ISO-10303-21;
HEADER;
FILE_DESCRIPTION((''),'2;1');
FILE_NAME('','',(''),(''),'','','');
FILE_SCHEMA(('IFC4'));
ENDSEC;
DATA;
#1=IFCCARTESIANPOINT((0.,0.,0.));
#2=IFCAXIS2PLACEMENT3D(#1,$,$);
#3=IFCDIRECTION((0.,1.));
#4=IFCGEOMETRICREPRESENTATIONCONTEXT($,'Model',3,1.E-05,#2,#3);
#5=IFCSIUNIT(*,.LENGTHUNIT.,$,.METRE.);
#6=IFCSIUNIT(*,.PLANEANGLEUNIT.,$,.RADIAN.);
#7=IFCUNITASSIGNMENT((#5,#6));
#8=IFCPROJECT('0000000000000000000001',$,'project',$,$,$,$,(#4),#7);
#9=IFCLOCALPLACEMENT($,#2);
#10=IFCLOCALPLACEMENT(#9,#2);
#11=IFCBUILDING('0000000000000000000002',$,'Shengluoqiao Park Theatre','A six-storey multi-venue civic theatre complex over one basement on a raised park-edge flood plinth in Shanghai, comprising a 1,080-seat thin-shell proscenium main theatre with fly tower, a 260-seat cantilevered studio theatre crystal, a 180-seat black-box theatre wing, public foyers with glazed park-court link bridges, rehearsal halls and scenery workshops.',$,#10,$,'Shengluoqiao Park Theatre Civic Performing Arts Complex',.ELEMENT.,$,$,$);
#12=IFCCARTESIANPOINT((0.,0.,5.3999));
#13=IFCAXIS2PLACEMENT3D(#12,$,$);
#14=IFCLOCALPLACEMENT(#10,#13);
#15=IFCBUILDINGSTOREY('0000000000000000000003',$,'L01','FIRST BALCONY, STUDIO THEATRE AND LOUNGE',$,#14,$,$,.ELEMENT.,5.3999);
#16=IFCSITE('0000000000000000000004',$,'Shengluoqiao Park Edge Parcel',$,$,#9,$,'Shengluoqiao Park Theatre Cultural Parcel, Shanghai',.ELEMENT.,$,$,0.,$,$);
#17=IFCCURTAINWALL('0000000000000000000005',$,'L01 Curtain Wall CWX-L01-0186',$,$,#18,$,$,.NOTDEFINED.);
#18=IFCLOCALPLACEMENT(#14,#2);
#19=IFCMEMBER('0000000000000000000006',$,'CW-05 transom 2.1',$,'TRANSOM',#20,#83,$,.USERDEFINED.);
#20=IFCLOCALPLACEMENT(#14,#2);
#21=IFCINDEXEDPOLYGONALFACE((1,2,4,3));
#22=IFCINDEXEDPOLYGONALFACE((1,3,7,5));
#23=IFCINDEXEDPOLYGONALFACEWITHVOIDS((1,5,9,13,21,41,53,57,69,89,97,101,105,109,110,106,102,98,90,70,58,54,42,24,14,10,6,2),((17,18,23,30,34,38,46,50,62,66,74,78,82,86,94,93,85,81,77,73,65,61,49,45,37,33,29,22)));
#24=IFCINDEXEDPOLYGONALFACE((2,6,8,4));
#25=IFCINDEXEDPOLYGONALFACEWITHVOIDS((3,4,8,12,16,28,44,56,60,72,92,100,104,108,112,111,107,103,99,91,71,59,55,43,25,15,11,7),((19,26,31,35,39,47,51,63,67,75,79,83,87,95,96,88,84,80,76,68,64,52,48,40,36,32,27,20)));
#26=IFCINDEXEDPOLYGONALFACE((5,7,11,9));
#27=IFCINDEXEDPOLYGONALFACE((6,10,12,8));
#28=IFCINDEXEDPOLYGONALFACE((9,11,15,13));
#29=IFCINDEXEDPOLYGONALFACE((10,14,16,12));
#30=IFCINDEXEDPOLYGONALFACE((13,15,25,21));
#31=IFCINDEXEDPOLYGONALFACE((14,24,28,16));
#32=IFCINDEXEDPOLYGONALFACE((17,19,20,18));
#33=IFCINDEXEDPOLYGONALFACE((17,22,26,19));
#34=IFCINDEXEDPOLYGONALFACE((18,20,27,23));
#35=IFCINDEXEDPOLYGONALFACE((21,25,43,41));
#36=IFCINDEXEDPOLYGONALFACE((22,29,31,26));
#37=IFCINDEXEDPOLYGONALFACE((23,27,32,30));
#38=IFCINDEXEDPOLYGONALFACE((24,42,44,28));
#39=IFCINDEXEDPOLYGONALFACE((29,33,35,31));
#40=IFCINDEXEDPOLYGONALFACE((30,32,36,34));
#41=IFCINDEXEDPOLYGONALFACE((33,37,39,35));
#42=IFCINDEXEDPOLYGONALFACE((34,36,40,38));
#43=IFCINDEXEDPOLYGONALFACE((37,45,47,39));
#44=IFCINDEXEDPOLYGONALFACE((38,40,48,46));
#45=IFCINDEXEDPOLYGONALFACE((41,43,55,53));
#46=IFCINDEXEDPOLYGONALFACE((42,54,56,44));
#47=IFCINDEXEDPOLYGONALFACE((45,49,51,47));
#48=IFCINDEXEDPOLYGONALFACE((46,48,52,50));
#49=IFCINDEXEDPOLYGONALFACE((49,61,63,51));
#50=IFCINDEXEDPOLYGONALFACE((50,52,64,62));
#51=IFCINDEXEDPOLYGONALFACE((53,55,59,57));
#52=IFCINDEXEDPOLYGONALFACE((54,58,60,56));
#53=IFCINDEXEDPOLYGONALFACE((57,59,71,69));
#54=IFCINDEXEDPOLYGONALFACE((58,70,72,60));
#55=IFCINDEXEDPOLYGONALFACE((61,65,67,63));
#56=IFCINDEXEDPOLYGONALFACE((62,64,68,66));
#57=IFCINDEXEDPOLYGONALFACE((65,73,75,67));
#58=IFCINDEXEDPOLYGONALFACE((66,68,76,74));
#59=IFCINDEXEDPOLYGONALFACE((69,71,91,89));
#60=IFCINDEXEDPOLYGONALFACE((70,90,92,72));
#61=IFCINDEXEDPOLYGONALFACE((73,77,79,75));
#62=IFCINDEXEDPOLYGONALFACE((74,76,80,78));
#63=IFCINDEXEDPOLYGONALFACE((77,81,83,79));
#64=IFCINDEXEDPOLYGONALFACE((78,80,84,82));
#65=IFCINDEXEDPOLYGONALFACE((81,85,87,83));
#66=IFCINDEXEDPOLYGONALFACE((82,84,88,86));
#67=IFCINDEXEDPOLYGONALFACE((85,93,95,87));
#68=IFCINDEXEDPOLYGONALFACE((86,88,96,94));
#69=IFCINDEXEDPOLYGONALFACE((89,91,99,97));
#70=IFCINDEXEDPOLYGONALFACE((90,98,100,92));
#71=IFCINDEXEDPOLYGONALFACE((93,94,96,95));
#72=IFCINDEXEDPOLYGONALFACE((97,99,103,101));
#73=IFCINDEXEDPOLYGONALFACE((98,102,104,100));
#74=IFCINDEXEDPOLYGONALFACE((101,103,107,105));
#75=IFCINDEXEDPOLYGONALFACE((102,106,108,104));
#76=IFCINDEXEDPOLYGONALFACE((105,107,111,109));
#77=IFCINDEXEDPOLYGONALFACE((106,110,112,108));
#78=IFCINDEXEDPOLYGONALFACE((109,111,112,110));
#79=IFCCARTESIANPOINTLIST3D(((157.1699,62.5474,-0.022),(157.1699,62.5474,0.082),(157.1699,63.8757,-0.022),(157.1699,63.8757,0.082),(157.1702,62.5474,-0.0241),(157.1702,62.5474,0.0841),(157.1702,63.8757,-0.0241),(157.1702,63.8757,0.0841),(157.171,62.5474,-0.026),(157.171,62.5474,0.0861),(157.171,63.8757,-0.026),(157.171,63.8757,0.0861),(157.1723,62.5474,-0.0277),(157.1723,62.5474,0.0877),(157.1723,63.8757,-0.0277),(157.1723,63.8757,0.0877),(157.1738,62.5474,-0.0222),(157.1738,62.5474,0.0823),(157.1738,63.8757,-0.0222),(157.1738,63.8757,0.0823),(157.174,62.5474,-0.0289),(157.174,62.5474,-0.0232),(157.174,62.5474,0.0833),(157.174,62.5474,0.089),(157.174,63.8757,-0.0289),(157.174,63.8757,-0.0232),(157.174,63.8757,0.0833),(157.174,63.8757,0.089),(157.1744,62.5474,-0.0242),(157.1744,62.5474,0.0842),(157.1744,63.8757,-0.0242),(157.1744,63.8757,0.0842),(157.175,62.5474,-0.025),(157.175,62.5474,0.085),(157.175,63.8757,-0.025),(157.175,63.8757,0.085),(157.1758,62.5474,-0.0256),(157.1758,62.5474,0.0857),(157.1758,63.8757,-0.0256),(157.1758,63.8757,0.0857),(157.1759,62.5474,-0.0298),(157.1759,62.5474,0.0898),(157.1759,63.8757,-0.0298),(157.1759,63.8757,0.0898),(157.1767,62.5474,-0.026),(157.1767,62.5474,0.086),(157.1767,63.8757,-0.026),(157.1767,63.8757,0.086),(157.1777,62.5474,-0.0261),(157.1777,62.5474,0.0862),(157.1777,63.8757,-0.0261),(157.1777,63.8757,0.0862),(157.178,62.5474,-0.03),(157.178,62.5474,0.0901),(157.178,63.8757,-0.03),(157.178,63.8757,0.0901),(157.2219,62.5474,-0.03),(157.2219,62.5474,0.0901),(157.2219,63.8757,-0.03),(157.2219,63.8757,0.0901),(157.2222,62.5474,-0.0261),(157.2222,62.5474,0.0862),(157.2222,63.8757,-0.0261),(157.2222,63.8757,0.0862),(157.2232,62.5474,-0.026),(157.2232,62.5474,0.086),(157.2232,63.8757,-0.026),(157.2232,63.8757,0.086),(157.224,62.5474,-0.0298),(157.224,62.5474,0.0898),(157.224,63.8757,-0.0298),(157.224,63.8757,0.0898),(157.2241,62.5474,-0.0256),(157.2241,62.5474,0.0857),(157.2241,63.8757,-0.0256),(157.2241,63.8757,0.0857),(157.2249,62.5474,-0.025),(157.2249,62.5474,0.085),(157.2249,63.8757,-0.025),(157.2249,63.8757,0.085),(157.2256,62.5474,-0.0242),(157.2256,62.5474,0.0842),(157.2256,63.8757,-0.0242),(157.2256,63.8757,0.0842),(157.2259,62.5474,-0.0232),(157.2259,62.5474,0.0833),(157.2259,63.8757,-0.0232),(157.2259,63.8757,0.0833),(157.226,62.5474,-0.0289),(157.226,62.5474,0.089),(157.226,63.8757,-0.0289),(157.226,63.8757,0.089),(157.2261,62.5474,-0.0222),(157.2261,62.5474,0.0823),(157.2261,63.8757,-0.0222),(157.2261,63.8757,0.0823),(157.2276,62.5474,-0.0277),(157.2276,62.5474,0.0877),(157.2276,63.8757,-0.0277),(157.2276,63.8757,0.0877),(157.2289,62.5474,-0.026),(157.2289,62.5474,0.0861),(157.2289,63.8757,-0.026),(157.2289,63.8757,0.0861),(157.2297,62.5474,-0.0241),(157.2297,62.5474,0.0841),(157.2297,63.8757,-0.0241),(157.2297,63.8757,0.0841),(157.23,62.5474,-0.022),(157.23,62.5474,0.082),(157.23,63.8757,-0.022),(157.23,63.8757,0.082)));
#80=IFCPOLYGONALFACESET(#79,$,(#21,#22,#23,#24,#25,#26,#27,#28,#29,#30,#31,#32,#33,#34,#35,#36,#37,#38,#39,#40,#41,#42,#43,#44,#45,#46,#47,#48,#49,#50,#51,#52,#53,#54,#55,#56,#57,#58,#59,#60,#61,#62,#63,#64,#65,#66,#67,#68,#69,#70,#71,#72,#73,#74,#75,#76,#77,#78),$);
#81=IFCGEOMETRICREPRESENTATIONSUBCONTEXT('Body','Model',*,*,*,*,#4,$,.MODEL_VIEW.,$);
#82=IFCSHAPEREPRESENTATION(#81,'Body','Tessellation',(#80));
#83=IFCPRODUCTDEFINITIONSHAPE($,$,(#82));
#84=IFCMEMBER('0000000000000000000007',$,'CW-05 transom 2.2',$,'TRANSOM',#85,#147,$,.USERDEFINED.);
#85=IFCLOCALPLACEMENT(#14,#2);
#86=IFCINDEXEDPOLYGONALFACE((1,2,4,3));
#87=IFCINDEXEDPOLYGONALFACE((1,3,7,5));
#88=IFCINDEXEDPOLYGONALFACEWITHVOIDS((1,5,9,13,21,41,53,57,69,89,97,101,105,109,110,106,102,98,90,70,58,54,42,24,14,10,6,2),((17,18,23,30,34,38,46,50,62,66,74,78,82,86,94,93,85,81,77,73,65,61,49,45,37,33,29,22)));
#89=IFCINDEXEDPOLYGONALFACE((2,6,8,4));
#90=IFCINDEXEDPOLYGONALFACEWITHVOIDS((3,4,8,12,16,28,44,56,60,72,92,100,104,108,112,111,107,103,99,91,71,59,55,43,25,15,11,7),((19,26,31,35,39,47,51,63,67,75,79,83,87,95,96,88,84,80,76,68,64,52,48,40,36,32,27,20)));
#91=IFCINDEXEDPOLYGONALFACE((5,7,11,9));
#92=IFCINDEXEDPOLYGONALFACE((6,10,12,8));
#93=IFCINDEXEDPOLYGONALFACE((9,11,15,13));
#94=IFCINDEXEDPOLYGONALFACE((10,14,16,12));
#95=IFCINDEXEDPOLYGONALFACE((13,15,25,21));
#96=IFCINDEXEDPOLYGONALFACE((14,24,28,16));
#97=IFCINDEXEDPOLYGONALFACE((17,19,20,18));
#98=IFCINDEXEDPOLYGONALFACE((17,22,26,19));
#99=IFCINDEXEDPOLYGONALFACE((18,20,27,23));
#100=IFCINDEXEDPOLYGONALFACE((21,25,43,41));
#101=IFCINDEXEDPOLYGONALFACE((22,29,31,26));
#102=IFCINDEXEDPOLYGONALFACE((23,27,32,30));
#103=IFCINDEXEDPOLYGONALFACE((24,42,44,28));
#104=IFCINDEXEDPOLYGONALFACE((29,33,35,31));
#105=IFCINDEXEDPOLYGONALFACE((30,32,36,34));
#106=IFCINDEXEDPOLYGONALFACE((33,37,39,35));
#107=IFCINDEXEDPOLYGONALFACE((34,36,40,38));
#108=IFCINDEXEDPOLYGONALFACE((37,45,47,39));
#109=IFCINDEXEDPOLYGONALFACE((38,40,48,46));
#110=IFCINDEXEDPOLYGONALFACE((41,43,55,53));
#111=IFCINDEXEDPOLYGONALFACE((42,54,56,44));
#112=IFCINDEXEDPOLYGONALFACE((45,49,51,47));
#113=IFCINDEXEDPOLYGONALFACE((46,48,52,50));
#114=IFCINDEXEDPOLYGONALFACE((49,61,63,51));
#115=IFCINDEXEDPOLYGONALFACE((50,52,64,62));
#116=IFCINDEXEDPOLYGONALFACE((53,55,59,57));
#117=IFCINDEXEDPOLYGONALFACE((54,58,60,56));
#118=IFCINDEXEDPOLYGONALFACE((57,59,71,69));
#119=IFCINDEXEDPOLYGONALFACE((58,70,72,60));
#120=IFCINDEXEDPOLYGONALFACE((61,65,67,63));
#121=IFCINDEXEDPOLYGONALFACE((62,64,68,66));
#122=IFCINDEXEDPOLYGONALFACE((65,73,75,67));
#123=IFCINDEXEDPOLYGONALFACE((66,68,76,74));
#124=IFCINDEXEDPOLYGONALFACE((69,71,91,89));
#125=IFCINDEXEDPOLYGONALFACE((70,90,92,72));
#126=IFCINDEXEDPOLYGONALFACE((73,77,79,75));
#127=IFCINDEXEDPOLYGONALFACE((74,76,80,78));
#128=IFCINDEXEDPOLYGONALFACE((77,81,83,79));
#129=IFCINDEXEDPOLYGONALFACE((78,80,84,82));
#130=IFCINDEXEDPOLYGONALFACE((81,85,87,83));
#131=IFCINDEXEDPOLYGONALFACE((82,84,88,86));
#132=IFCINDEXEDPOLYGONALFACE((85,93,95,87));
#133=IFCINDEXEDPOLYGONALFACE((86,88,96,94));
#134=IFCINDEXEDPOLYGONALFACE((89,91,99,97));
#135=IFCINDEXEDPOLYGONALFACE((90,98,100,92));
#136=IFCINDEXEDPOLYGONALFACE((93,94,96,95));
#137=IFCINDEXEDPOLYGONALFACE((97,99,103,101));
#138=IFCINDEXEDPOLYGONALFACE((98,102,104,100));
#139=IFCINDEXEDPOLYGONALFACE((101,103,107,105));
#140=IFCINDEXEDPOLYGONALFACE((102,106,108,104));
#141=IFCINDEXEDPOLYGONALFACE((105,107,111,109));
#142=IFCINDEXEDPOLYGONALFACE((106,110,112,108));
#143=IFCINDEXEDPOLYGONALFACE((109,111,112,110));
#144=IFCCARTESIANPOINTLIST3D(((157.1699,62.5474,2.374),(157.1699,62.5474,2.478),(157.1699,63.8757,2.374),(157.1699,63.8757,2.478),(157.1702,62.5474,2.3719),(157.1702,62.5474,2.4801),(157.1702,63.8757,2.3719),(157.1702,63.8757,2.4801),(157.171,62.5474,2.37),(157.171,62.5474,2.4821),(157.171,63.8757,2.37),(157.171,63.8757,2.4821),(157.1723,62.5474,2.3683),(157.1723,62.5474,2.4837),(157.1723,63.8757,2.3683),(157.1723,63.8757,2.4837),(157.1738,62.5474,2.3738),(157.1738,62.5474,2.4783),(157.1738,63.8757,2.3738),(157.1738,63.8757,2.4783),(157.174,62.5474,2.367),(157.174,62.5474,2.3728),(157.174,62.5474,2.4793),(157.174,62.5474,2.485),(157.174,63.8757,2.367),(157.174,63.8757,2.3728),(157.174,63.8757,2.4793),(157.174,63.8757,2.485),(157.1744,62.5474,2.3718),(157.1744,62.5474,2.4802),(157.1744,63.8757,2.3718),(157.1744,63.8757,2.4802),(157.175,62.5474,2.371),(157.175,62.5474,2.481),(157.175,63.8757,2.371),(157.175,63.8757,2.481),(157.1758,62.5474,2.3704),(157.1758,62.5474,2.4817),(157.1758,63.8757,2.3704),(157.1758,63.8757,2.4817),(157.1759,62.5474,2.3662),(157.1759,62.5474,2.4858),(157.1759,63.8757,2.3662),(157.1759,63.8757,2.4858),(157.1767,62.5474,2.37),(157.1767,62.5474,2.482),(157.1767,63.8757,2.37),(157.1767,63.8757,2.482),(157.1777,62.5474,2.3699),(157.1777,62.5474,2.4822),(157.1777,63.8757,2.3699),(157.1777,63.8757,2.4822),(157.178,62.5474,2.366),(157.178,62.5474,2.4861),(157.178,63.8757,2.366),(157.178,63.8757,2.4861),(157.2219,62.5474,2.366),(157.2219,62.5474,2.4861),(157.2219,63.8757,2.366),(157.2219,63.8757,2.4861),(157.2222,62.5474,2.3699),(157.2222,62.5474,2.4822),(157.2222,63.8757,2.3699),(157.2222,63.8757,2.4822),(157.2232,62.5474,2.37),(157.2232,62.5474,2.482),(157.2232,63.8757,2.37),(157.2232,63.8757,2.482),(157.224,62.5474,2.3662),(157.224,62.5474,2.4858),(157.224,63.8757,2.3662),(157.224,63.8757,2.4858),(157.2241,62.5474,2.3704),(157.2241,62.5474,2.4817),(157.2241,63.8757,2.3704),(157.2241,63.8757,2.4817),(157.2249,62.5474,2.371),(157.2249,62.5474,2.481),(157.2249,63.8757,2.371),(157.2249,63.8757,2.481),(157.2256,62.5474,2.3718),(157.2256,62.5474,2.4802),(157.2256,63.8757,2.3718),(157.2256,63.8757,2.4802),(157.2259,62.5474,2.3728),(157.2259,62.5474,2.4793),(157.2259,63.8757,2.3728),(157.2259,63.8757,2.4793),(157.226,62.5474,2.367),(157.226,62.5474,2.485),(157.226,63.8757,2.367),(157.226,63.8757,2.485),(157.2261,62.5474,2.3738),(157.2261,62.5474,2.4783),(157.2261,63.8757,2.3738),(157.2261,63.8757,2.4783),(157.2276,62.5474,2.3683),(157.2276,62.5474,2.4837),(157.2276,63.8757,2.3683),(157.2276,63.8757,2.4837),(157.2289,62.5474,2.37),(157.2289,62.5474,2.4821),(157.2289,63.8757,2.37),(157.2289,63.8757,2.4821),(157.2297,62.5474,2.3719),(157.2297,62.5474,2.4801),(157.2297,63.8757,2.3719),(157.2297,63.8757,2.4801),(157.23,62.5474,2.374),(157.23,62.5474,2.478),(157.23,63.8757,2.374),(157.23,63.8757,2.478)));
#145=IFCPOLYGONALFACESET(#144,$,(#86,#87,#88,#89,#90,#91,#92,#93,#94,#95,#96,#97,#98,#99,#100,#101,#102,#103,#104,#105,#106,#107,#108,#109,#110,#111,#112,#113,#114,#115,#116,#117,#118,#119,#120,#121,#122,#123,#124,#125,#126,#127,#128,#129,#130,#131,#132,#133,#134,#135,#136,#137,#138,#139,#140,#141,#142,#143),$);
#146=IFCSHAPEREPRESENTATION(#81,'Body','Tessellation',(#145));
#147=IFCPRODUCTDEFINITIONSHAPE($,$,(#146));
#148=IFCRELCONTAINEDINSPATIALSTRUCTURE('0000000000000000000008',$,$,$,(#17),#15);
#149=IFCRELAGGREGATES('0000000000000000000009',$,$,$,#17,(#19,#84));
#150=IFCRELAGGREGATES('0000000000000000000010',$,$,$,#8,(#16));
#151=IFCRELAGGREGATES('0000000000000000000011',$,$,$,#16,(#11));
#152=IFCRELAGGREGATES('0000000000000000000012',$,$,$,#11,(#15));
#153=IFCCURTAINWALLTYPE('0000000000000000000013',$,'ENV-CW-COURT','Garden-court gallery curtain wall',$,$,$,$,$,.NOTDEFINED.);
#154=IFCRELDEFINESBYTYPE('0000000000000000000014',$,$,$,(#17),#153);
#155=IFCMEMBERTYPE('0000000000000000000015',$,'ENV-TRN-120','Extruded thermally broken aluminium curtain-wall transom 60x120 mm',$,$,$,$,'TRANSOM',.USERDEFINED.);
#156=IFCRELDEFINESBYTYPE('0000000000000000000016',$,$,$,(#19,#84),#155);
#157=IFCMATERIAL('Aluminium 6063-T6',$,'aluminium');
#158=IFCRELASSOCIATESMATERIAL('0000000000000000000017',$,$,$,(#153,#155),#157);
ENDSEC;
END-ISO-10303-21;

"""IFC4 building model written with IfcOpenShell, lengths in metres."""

from ifc_helpers import new_model, si_unit, direction, frame, origin, origin_2d, place, context, subcontext, project, spatial, hollow_rectangle, extrude, material, material_profile, profile_set, type_object, element, aggregate, save


model = new_model("IFC4")

# Units and contexts
model_context = context("Model", 3, precision=1e-05, world=origin(), true_north=direction((0.0, 1.0)))
body_context = subcontext(model_context, "Body", "Model", "MODEL_VIEW")
ifc_project = project(units=[si_unit("LENGTHUNIT", "METRE"), si_unit("PLANEANGLEUNIT", "RADIAN")], contexts=[model_context])

# Site, building, storey
site_placement = place(None, origin())
site = spatial("IfcSite", under=ifc_project, at=site_placement, Name="Shengluoqiao Park Edge Parcel", LongName="Shengluoqiao Park Theatre Cultural Parcel, Shanghai", CompositionType="ELEMENT", RefElevation=0.0)
building_placement = place(site_placement, origin())
building = spatial("IfcBuilding", under=site, at=building_placement, Name="Shengluoqiao Park Theatre", Description="A six-storey multi-venue civic theatre complex over one basement on a raised park-edge flood plinth in Shanghai, comprising a 1,080-seat thin-shell proscenium main theatre with fly tower, a 260-seat cantilevered studio theatre crystal, a 180-seat black-box theatre wing, public foyers with glazed park-court link bridges, rehearsal halls and scenery workshops.", LongName="Shengluoqiao Park Theatre Civic Performing Arts Complex", CompositionType="ELEMENT")
storey_placement = place(building_placement, frame((0.0, 0.0, 5.3999)))
storey = spatial("IfcBuildingStorey", under=building, at=storey_placement, Name="L01", Description="FIRST BALCONY, STUDIO THEATRE AND LOUNGE", CompositionType="ELEMENT", Elevation=5.3999)

# Curtain wall, members
ifc_material_1 = material(Name="Aluminium 6063-T6", Category="aluminium")
curtain_wall_type = type_object("IfcCurtainWallType", Name="ENV-CW-COURT", Description="Garden-court gallery curtain wall", PredefinedType="NOTDEFINED", material=ifc_material_1)
curtain_wall_placement = place(storey_placement, origin())
curtain_wall = element("IfcCurtainWall", 1, at=curtain_wall_placement, inside=storey, type_object=curtain_wall_type, Name="L01 Curtain Wall CWX-L01-0186", PredefinedType="NOTDEFINED")
ifc_material_profile_1 = material_profile(ifc_material_1, hollow_rectangle(XDim=0.0601, YDim=0.1201, WallThickness=0.0039, InnerFilletRadius=0.0039, OuterFilletRadius=0.0081, at=origin_2d()), Name="ALU TRANSOM 120x60x4")
ifc_profile_set_1 = profile_set([ifc_material_profile_1], Name="Aluminium 6063-T6")
member_type_1 = type_object("IfcMemberType", Name="ENV-TRN-120", Description="Extruded thermally broken aluminium curtain-wall transom 60x120 mm", ElementType="TRANSOM", PredefinedType="USERDEFINED", material=ifc_profile_set_1)
member_1_placement = place(storey_placement, frame((157.2, 62.5474, 0.03), z_axis=(0.0, 1.0, 0.0), x_axis=(-1.0, 0.0, 0.0)))
member_1 = element("IfcMember", 2, at=member_1_placement, type_object=member_type_1, Name="CW-05 transom 2.1", ObjectType="TRANSOM", PredefinedType="USERDEFINED", context=body_context, shape_type="SweptSolid", body=[
    extrude(hollow_rectangle(XDim=0.0601, YDim=0.1201, WallThickness=0.0039, InnerFilletRadius=0.0039, OuterFilletRadius=0.0081, at=origin_2d()), origin(), (0.0, 0.0, 1.0), 1.3284),
])
member_2_placement = place(storey_placement, frame((157.2, 62.5474, 2.426), z_axis=(0.0, 1.0, 0.0), x_axis=(-1.0, 0.0, 0.0)))
member_2 = element("IfcMember", 3, at=member_2_placement, type_object=member_type_1, Name="CW-05 transom 2.2", ObjectType="TRANSOM", PredefinedType="USERDEFINED", context=body_context, shape_type="SweptSolid", body=[
    extrude(hollow_rectangle(XDim=0.0601, YDim=0.1201, WallThickness=0.0039, InnerFilletRadius=0.0039, OuterFilletRadius=0.0081, at=origin_2d()), origin(), (0.0, 0.0, 1.0), 1.3284),
])
aggregate(curtain_wall, [member_1, member_2])

save(model, "model.ifc")
